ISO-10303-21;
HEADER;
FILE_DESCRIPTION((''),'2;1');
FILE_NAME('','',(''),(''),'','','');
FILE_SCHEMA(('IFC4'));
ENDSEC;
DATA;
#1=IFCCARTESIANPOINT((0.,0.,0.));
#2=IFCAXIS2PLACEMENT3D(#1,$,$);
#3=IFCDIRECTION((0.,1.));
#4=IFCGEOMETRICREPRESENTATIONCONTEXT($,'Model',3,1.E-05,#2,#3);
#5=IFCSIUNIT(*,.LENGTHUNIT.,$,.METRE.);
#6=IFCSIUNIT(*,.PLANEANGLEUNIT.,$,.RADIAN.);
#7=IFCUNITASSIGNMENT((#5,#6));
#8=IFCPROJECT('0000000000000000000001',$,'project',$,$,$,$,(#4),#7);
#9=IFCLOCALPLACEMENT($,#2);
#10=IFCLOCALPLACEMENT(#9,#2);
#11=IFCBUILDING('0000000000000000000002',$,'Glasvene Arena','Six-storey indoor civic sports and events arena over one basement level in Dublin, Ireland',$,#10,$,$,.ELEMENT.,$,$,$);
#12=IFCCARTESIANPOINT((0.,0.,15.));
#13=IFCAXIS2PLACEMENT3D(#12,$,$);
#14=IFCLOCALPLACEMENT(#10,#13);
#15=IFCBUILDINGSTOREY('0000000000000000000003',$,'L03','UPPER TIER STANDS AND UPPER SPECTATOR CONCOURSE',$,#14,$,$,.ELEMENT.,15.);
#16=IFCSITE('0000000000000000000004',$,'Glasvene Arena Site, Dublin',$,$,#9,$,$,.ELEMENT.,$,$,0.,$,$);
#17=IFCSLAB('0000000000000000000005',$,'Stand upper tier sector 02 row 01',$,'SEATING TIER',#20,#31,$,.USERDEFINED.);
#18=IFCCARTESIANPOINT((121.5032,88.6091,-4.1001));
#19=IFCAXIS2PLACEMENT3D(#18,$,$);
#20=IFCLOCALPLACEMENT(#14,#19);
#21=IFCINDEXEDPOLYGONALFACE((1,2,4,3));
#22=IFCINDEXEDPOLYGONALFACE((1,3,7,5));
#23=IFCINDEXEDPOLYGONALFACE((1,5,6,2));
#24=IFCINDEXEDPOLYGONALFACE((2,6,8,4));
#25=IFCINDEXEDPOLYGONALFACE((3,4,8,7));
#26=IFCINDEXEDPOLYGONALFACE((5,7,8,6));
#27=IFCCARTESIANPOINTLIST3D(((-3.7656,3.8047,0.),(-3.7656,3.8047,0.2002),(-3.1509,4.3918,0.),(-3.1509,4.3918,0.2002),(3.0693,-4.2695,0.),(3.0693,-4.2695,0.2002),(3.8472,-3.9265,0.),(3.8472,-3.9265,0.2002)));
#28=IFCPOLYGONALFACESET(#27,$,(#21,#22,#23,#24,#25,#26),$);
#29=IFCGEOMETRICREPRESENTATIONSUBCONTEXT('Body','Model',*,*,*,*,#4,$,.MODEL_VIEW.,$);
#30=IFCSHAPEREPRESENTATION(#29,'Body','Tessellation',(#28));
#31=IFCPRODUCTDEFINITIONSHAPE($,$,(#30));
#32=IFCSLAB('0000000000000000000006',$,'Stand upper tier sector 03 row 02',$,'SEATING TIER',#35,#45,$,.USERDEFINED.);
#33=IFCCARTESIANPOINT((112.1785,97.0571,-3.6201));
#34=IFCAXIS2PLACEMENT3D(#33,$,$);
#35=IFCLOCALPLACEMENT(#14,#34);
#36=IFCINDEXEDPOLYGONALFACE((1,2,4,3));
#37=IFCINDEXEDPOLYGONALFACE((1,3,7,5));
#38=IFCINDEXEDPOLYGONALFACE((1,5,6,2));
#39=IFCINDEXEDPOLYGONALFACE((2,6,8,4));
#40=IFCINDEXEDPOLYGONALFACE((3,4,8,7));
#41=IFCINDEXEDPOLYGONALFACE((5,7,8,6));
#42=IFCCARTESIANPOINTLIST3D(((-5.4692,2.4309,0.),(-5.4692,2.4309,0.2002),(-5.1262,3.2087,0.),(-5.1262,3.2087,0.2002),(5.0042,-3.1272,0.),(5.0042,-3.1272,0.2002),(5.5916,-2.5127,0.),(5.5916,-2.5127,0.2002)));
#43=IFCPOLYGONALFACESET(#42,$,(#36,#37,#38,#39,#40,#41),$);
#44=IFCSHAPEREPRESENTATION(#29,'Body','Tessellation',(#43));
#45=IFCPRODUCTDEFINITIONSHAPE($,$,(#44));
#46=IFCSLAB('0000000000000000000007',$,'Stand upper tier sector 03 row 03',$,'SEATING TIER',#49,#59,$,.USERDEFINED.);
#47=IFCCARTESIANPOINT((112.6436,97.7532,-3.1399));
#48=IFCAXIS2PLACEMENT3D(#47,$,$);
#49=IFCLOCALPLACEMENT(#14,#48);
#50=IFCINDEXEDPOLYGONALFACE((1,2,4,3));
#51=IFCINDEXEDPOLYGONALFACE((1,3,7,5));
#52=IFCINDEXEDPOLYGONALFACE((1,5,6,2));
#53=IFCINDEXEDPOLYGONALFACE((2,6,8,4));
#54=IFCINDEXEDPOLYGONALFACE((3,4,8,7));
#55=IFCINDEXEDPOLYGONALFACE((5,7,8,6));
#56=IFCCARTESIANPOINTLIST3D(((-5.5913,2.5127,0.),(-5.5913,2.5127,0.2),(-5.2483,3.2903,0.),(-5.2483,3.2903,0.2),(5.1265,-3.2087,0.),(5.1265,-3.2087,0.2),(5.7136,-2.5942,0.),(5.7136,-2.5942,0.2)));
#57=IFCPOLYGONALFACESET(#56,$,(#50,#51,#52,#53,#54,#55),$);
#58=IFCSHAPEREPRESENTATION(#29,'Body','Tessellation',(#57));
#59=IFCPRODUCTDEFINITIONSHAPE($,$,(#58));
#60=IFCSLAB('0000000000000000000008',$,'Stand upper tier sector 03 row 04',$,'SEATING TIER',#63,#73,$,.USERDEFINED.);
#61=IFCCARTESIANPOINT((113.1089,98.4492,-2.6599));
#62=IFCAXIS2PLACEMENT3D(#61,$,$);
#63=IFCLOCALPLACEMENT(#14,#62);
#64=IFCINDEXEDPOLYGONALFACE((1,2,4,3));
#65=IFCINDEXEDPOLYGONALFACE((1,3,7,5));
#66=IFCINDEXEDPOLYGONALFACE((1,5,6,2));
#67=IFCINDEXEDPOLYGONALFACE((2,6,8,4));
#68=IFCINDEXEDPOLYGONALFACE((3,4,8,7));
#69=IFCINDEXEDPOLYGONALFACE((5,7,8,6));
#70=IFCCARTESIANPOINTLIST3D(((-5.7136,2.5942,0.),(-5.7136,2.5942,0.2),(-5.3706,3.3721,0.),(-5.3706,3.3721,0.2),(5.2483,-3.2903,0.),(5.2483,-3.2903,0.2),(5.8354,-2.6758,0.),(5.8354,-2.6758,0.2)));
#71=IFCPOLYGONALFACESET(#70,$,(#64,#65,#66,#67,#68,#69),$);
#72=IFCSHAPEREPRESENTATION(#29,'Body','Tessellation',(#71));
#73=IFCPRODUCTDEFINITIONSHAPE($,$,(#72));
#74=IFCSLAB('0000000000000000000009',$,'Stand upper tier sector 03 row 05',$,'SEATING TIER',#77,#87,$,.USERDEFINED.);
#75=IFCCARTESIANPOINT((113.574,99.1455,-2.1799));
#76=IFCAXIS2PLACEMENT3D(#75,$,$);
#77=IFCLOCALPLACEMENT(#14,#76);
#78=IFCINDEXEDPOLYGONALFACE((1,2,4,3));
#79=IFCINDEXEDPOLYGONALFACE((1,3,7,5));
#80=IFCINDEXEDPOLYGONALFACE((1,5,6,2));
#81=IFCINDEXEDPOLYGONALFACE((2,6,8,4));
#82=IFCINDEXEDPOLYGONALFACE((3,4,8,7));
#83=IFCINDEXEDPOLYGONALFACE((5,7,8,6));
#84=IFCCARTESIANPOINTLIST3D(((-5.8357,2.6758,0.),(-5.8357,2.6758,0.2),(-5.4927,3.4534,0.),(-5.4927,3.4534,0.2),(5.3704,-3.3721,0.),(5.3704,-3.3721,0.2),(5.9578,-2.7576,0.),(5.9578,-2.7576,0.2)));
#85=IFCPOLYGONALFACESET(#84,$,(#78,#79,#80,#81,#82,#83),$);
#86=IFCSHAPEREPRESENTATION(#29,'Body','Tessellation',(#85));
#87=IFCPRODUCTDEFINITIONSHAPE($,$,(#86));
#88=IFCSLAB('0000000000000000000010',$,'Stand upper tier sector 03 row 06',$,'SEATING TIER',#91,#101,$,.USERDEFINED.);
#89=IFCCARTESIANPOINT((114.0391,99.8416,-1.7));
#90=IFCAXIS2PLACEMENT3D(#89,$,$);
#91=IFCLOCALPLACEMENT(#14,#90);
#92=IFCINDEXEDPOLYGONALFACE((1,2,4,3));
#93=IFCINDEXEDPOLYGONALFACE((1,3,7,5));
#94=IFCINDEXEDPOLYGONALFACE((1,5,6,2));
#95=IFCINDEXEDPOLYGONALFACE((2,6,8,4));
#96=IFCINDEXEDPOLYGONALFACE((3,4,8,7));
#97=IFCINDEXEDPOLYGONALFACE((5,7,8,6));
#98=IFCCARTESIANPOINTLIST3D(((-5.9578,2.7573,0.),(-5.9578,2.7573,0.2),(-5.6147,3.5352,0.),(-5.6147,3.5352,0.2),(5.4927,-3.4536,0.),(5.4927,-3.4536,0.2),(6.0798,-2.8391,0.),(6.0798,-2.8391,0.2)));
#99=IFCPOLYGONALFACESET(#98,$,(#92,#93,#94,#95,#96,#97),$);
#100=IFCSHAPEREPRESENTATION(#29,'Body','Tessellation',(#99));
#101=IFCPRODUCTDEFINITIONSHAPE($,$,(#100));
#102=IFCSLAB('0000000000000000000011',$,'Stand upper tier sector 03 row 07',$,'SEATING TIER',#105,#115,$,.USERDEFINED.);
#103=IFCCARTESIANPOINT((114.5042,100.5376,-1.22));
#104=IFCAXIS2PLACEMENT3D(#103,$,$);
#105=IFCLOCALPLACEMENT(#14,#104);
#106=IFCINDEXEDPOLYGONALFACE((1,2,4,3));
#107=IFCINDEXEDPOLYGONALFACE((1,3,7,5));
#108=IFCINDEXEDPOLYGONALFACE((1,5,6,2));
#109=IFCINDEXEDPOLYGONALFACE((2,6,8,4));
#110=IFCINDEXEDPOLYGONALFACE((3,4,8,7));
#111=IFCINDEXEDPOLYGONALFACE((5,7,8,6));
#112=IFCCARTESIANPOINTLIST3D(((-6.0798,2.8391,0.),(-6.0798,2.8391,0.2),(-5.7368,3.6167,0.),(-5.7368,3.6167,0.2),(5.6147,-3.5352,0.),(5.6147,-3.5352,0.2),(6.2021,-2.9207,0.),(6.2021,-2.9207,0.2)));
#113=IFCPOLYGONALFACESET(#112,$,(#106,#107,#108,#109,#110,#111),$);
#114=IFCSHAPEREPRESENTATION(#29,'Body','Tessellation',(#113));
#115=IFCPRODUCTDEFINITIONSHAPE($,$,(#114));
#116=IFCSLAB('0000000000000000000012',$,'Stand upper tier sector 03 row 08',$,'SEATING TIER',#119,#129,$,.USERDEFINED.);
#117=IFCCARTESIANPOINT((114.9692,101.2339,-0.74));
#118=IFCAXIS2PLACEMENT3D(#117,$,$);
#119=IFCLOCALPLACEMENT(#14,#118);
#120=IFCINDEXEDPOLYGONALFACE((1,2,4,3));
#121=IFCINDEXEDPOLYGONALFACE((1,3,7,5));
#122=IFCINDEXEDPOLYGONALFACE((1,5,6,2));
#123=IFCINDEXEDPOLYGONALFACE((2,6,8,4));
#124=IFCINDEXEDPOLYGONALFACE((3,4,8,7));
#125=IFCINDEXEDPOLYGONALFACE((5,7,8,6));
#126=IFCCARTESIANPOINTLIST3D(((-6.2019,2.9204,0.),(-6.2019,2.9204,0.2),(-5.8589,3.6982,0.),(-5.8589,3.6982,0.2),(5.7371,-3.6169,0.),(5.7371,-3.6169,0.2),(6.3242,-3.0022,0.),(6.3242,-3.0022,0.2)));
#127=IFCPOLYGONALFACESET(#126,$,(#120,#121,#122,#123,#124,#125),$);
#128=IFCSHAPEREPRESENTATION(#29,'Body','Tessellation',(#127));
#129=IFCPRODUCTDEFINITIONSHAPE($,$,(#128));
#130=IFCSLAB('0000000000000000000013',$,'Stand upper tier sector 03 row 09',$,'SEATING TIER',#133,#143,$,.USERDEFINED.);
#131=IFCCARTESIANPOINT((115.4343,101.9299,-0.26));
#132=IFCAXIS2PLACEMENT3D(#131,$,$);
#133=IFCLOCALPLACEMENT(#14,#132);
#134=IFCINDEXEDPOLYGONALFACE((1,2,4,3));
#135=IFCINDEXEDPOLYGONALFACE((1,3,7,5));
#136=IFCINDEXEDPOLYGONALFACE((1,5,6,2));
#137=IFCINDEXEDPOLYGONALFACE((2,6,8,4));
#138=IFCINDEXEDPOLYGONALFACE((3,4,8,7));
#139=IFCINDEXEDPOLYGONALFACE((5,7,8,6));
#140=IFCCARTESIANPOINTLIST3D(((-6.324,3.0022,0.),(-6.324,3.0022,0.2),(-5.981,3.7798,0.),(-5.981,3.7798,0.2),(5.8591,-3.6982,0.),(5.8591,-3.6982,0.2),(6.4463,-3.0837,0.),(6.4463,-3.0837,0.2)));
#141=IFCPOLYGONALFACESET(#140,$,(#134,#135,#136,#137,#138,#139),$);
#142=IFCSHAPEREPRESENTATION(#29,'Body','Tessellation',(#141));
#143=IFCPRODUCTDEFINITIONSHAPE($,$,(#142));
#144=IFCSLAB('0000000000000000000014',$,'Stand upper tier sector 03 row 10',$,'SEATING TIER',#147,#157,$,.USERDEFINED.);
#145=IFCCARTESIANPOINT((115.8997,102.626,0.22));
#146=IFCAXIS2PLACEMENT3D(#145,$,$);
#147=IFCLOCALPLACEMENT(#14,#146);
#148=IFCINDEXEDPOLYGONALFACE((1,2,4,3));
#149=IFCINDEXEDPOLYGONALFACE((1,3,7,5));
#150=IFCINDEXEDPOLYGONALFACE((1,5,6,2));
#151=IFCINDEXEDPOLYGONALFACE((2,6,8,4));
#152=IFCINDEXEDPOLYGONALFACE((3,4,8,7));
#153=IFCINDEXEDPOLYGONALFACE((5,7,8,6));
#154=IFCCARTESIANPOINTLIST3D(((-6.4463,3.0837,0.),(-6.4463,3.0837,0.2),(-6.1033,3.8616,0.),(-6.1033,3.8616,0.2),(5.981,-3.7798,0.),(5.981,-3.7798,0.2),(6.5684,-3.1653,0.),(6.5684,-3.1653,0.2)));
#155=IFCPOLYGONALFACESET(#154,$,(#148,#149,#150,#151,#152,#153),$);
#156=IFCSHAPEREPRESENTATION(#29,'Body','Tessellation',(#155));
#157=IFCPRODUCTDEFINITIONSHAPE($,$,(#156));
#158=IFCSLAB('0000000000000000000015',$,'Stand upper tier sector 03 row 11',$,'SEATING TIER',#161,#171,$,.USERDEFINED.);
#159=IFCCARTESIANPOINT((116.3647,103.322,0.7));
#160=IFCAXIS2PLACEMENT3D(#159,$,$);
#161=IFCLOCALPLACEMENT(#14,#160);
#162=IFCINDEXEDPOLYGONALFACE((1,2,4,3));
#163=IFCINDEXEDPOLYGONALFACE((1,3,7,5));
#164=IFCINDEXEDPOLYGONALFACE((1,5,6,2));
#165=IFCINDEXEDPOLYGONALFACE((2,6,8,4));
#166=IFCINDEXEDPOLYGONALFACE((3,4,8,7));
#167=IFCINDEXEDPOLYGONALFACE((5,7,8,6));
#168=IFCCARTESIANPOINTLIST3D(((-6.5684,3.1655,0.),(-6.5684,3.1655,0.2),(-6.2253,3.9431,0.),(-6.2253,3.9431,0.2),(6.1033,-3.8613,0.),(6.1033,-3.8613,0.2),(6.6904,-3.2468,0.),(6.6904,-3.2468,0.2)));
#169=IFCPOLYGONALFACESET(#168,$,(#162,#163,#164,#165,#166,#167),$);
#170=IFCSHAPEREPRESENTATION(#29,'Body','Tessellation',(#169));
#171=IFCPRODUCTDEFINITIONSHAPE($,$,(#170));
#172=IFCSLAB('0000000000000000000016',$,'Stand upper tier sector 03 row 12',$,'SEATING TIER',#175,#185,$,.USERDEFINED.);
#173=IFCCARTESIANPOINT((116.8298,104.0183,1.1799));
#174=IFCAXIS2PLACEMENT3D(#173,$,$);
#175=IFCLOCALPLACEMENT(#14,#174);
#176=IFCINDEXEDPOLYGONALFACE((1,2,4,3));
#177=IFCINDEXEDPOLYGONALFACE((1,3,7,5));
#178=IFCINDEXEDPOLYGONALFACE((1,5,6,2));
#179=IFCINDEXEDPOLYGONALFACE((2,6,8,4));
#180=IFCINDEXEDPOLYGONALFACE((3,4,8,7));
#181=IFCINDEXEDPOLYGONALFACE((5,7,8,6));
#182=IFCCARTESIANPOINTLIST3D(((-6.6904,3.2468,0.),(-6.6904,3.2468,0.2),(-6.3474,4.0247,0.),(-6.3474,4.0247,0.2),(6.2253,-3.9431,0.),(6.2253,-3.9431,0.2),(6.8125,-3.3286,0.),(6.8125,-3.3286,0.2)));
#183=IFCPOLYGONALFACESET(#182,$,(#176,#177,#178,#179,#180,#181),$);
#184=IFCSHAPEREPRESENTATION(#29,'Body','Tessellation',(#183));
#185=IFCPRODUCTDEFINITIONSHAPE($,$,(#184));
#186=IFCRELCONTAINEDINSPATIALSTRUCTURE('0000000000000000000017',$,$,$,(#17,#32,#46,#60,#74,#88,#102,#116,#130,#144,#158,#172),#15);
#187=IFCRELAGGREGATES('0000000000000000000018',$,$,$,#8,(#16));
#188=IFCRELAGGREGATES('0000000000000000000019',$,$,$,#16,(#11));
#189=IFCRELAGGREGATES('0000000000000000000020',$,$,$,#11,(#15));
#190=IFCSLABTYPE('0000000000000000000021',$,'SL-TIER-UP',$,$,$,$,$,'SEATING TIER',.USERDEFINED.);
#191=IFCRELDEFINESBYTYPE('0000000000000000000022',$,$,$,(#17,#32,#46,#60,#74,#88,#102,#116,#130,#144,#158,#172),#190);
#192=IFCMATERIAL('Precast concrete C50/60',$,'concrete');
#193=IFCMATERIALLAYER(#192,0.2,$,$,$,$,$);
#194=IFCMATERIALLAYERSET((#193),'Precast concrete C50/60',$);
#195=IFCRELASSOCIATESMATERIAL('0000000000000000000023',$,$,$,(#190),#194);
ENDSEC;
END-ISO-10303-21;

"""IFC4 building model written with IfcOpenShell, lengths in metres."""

from ifc_helpers import new_model, si_unit, direction, frame, origin, place, context, subcontext, project, spatial, polyline, outline, extrude, material, layer, layer_set, type_object, element, save


model = new_model("IFC4")

# Units and contexts
model_context = context("Model", 3, precision=1e-05, world=origin(), true_north=direction((0.0, 1.0)))
body_context = subcontext(model_context, "Body", "Model", "MODEL_VIEW")
ifc_project = project(units=[si_unit("LENGTHUNIT", "METRE"), si_unit("PLANEANGLEUNIT", "RADIAN")], contexts=[model_context])

# Site, building, storey
site_placement = place(None, origin())
site = spatial("IfcSite", under=ifc_project, at=site_placement, Name="Glasvene Arena Site, Dublin", CompositionType="ELEMENT", RefElevation=0.0)
building_placement = place(site_placement, origin())
building = spatial("IfcBuilding", under=site, at=building_placement, Name="Glasvene Arena", Description="Six-storey indoor civic sports and events arena over one basement level in Dublin, Ireland", CompositionType="ELEMENT")
storey_placement = place(building_placement, frame((0.0, 0.0, 15.0)))
storey = spatial("IfcBuildingStorey", under=building, at=storey_placement, Name="L03", Description="UPPER TIER STANDS AND UPPER SPECTATOR CONCOURSE", CompositionType="ELEMENT", Elevation=15.0)

# Shared definitions
ifc_material_1 = material(Name="Precast concrete C50/60", Category="concrete")

# Slabs
ifc_layer = layer(ifc_material_1, 0.2)
ifc_layer_set = layer_set([ifc_layer], Name="Precast concrete C50/60")
slab_type = type_object("IfcSlabType", Name="SL-TIER-UP", ElementType="SEATING TIER", PredefinedType="USERDEFINED", material=ifc_layer_set)
slab_1_placement = place(storey_placement, frame((121.5032, 88.6091, -4.1001)))
element("IfcSlab", 1, at=slab_1_placement, inside=storey, type_object=slab_type, Name="Stand upper tier sector 02 row 01", ObjectType="SEATING TIER", PredefinedType="USERDEFINED", context=body_context, shape_type="SweptSolid", body=[
    extrude(outline(polyline([(3.0693, -4.2695), (-3.7656, 3.8047), (-3.1509, 4.3918), (3.8472, -3.9265), (3.0693, -4.2695)])), origin(), (0.0, 0.0, 1.0), 0.2002),
])
slab_2_placement = place(storey_placement, frame((112.1785, 97.0571, -3.6201)))
element("IfcSlab", 2, at=slab_2_placement, inside=storey, type_object=slab_type, Name="Stand upper tier sector 03 row 02", ObjectType="SEATING TIER", PredefinedType="USERDEFINED", context=body_context, shape_type="SweptSolid", body=[
    extrude(outline(polyline([(5.0042, -3.1272), (-5.4692, 2.4309), (-5.1262, 3.2087), (5.5916, -2.5127), (5.0042, -3.1272)])), origin(), (0.0, 0.0, 1.0), 0.2002),
])
slab_3_placement = place(storey_placement, frame((112.6436, 97.7532, -3.1399)))
element("IfcSlab", 3, at=slab_3_placement, inside=storey, type_object=slab_type, Name="Stand upper tier sector 03 row 03", ObjectType="SEATING TIER", PredefinedType="USERDEFINED", context=body_context, shape_type="SweptSolid", body=[
    extrude(outline(polyline([(5.1265, -3.2087), (-5.5913, 2.5127), (-5.2483, 3.2903), (5.7136, -2.5942), (5.1265, -3.2087)])), origin(), (0.0, 0.0, 1.0), 0.2),
])
slab_4_placement = place(storey_placement, frame((113.1089, 98.4492, -2.6599)))
element("IfcSlab", 4, at=slab_4_placement, inside=storey, type_object=slab_type, Name="Stand upper tier sector 03 row 04", ObjectType="SEATING TIER", PredefinedType="USERDEFINED", context=body_context, shape_type="SweptSolid", body=[
    extrude(outline(polyline([(5.2483, -3.2903), (-5.7136, 2.5942), (-5.3706, 3.3721), (5.8354, -2.6758), (5.2483, -3.2903)])), origin(), (0.0, 0.0, 1.0), 0.2),
])
slab_5_placement = place(storey_placement, frame((113.574, 99.1455, -2.1799)))
element("IfcSlab", 5, at=slab_5_placement, inside=storey, type_object=slab_type, Name="Stand upper tier sector 03 row 05", ObjectType="SEATING TIER", PredefinedType="USERDEFINED", context=body_context, shape_type="SweptSolid", body=[
    extrude(outline(polyline([(5.3704, -3.3721), (-5.8357, 2.6758), (-5.4927, 3.4534), (5.9578, -2.7576), (5.3704, -3.3721)])), origin(), (0.0, 0.0, 1.0), 0.2),
])
slab_6_placement = place(storey_placement, frame((114.0391, 99.8416, -1.7)))
element("IfcSlab", 6, at=slab_6_placement, inside=storey, type_object=slab_type, Name="Stand upper tier sector 03 row 06", ObjectType="SEATING TIER", PredefinedType="USERDEFINED", context=body_context, shape_type="SweptSolid", body=[
    extrude(outline(polyline([(5.4927, -3.4536), (-5.9578, 2.7573), (-5.6147, 3.5352), (6.0798, -2.8391), (5.4927, -3.4536)])), origin(), (0.0, 0.0, 1.0), 0.2),
])
slab_7_placement = place(storey_placement, frame((114.5042, 100.5376, -1.22)))
element("IfcSlab", 7, at=slab_7_placement, inside=storey, type_object=slab_type, Name="Stand upper tier sector 03 row 07", ObjectType="SEATING TIER", PredefinedType="USERDEFINED", context=body_context, shape_type="SweptSolid", body=[
    extrude(outline(polyline([(5.6147, -3.5352), (-6.0798, 2.8391), (-5.7368, 3.6167), (6.2021, -2.9207), (5.6147, -3.5352)])), origin(), (0.0, 0.0, 1.0), 0.2),
])
slab_8_placement = place(storey_placement, frame((114.9692, 101.2339, -0.74)))
element("IfcSlab", 8, at=slab_8_placement, inside=storey, type_object=slab_type, Name="Stand upper tier sector 03 row 08", ObjectType="SEATING TIER", PredefinedType="USERDEFINED", context=body_context, shape_type="SweptSolid", body=[
    extrude(outline(polyline([(5.7371, -3.6169), (-6.2019, 2.9204), (-5.8589, 3.6982), (6.3242, -3.0022), (5.7371, -3.6169)])), origin(), (0.0, 0.0, 1.0), 0.2),
])
slab_9_placement = place(storey_placement, frame((115.4343, 101.9299, -0.26)))
element("IfcSlab", 9, at=slab_9_placement, inside=storey, type_object=slab_type, Name="Stand upper tier sector 03 row 09", ObjectType="SEATING TIER", PredefinedType="USERDEFINED", context=body_context, shape_type="SweptSolid", body=[
    extrude(outline(polyline([(5.8591, -3.6982), (-6.324, 3.0022), (-5.981, 3.7798), (6.4463, -3.0837), (5.8591, -3.6982)])), origin(), (0.0, 0.0, 1.0), 0.2),
])
slab_10_placement = place(storey_placement, frame((115.8997, 102.626, 0.22)))
element("IfcSlab", 10, at=slab_10_placement, inside=storey, type_object=slab_type, Name="Stand upper tier sector 03 row 10", ObjectType="SEATING TIER", PredefinedType="USERDEFINED", context=body_context, shape_type="SweptSolid", body=[
    extrude(outline(polyline([(5.981, -3.7798), (-6.4463, 3.0837), (-6.1033, 3.8616), (6.5684, -3.1653), (5.981, -3.7798)])), origin(), (0.0, 0.0, 1.0), 0.2),
])
slab_11_placement = place(storey_placement, frame((116.3647, 103.322, 0.7)))
element("IfcSlab", 11, at=slab_11_placement, inside=storey, type_object=slab_type, Name="Stand upper tier sector 03 row 11", ObjectType="SEATING TIER", PredefinedType="USERDEFINED", context=body_context, shape_type="SweptSolid", body=[
    extrude(outline(polyline([(6.1033, -3.8613), (-6.5684, 3.1655), (-6.2253, 3.9431), (6.6904, -3.2468), (6.1033, -3.8613)])), origin(), (0.0, 0.0, 1.0), 0.2),
])
slab_12_placement = place(storey_placement, frame((116.8298, 104.0183, 1.1799)))
element("IfcSlab", 12, at=slab_12_placement, inside=storey, type_object=slab_type, Name="Stand upper tier sector 03 row 12", ObjectType="SEATING TIER", PredefinedType="USERDEFINED", context=body_context, shape_type="SweptSolid", body=[
    extrude(outline(polyline([(6.2253, -3.9431), (-6.6904, 3.2468), (-6.3474, 4.0247), (6.8125, -3.3286), (6.2253, -3.9431)])), origin(), (0.0, 0.0, 1.0), 0.2),
])

save(model, "model.ifc")
